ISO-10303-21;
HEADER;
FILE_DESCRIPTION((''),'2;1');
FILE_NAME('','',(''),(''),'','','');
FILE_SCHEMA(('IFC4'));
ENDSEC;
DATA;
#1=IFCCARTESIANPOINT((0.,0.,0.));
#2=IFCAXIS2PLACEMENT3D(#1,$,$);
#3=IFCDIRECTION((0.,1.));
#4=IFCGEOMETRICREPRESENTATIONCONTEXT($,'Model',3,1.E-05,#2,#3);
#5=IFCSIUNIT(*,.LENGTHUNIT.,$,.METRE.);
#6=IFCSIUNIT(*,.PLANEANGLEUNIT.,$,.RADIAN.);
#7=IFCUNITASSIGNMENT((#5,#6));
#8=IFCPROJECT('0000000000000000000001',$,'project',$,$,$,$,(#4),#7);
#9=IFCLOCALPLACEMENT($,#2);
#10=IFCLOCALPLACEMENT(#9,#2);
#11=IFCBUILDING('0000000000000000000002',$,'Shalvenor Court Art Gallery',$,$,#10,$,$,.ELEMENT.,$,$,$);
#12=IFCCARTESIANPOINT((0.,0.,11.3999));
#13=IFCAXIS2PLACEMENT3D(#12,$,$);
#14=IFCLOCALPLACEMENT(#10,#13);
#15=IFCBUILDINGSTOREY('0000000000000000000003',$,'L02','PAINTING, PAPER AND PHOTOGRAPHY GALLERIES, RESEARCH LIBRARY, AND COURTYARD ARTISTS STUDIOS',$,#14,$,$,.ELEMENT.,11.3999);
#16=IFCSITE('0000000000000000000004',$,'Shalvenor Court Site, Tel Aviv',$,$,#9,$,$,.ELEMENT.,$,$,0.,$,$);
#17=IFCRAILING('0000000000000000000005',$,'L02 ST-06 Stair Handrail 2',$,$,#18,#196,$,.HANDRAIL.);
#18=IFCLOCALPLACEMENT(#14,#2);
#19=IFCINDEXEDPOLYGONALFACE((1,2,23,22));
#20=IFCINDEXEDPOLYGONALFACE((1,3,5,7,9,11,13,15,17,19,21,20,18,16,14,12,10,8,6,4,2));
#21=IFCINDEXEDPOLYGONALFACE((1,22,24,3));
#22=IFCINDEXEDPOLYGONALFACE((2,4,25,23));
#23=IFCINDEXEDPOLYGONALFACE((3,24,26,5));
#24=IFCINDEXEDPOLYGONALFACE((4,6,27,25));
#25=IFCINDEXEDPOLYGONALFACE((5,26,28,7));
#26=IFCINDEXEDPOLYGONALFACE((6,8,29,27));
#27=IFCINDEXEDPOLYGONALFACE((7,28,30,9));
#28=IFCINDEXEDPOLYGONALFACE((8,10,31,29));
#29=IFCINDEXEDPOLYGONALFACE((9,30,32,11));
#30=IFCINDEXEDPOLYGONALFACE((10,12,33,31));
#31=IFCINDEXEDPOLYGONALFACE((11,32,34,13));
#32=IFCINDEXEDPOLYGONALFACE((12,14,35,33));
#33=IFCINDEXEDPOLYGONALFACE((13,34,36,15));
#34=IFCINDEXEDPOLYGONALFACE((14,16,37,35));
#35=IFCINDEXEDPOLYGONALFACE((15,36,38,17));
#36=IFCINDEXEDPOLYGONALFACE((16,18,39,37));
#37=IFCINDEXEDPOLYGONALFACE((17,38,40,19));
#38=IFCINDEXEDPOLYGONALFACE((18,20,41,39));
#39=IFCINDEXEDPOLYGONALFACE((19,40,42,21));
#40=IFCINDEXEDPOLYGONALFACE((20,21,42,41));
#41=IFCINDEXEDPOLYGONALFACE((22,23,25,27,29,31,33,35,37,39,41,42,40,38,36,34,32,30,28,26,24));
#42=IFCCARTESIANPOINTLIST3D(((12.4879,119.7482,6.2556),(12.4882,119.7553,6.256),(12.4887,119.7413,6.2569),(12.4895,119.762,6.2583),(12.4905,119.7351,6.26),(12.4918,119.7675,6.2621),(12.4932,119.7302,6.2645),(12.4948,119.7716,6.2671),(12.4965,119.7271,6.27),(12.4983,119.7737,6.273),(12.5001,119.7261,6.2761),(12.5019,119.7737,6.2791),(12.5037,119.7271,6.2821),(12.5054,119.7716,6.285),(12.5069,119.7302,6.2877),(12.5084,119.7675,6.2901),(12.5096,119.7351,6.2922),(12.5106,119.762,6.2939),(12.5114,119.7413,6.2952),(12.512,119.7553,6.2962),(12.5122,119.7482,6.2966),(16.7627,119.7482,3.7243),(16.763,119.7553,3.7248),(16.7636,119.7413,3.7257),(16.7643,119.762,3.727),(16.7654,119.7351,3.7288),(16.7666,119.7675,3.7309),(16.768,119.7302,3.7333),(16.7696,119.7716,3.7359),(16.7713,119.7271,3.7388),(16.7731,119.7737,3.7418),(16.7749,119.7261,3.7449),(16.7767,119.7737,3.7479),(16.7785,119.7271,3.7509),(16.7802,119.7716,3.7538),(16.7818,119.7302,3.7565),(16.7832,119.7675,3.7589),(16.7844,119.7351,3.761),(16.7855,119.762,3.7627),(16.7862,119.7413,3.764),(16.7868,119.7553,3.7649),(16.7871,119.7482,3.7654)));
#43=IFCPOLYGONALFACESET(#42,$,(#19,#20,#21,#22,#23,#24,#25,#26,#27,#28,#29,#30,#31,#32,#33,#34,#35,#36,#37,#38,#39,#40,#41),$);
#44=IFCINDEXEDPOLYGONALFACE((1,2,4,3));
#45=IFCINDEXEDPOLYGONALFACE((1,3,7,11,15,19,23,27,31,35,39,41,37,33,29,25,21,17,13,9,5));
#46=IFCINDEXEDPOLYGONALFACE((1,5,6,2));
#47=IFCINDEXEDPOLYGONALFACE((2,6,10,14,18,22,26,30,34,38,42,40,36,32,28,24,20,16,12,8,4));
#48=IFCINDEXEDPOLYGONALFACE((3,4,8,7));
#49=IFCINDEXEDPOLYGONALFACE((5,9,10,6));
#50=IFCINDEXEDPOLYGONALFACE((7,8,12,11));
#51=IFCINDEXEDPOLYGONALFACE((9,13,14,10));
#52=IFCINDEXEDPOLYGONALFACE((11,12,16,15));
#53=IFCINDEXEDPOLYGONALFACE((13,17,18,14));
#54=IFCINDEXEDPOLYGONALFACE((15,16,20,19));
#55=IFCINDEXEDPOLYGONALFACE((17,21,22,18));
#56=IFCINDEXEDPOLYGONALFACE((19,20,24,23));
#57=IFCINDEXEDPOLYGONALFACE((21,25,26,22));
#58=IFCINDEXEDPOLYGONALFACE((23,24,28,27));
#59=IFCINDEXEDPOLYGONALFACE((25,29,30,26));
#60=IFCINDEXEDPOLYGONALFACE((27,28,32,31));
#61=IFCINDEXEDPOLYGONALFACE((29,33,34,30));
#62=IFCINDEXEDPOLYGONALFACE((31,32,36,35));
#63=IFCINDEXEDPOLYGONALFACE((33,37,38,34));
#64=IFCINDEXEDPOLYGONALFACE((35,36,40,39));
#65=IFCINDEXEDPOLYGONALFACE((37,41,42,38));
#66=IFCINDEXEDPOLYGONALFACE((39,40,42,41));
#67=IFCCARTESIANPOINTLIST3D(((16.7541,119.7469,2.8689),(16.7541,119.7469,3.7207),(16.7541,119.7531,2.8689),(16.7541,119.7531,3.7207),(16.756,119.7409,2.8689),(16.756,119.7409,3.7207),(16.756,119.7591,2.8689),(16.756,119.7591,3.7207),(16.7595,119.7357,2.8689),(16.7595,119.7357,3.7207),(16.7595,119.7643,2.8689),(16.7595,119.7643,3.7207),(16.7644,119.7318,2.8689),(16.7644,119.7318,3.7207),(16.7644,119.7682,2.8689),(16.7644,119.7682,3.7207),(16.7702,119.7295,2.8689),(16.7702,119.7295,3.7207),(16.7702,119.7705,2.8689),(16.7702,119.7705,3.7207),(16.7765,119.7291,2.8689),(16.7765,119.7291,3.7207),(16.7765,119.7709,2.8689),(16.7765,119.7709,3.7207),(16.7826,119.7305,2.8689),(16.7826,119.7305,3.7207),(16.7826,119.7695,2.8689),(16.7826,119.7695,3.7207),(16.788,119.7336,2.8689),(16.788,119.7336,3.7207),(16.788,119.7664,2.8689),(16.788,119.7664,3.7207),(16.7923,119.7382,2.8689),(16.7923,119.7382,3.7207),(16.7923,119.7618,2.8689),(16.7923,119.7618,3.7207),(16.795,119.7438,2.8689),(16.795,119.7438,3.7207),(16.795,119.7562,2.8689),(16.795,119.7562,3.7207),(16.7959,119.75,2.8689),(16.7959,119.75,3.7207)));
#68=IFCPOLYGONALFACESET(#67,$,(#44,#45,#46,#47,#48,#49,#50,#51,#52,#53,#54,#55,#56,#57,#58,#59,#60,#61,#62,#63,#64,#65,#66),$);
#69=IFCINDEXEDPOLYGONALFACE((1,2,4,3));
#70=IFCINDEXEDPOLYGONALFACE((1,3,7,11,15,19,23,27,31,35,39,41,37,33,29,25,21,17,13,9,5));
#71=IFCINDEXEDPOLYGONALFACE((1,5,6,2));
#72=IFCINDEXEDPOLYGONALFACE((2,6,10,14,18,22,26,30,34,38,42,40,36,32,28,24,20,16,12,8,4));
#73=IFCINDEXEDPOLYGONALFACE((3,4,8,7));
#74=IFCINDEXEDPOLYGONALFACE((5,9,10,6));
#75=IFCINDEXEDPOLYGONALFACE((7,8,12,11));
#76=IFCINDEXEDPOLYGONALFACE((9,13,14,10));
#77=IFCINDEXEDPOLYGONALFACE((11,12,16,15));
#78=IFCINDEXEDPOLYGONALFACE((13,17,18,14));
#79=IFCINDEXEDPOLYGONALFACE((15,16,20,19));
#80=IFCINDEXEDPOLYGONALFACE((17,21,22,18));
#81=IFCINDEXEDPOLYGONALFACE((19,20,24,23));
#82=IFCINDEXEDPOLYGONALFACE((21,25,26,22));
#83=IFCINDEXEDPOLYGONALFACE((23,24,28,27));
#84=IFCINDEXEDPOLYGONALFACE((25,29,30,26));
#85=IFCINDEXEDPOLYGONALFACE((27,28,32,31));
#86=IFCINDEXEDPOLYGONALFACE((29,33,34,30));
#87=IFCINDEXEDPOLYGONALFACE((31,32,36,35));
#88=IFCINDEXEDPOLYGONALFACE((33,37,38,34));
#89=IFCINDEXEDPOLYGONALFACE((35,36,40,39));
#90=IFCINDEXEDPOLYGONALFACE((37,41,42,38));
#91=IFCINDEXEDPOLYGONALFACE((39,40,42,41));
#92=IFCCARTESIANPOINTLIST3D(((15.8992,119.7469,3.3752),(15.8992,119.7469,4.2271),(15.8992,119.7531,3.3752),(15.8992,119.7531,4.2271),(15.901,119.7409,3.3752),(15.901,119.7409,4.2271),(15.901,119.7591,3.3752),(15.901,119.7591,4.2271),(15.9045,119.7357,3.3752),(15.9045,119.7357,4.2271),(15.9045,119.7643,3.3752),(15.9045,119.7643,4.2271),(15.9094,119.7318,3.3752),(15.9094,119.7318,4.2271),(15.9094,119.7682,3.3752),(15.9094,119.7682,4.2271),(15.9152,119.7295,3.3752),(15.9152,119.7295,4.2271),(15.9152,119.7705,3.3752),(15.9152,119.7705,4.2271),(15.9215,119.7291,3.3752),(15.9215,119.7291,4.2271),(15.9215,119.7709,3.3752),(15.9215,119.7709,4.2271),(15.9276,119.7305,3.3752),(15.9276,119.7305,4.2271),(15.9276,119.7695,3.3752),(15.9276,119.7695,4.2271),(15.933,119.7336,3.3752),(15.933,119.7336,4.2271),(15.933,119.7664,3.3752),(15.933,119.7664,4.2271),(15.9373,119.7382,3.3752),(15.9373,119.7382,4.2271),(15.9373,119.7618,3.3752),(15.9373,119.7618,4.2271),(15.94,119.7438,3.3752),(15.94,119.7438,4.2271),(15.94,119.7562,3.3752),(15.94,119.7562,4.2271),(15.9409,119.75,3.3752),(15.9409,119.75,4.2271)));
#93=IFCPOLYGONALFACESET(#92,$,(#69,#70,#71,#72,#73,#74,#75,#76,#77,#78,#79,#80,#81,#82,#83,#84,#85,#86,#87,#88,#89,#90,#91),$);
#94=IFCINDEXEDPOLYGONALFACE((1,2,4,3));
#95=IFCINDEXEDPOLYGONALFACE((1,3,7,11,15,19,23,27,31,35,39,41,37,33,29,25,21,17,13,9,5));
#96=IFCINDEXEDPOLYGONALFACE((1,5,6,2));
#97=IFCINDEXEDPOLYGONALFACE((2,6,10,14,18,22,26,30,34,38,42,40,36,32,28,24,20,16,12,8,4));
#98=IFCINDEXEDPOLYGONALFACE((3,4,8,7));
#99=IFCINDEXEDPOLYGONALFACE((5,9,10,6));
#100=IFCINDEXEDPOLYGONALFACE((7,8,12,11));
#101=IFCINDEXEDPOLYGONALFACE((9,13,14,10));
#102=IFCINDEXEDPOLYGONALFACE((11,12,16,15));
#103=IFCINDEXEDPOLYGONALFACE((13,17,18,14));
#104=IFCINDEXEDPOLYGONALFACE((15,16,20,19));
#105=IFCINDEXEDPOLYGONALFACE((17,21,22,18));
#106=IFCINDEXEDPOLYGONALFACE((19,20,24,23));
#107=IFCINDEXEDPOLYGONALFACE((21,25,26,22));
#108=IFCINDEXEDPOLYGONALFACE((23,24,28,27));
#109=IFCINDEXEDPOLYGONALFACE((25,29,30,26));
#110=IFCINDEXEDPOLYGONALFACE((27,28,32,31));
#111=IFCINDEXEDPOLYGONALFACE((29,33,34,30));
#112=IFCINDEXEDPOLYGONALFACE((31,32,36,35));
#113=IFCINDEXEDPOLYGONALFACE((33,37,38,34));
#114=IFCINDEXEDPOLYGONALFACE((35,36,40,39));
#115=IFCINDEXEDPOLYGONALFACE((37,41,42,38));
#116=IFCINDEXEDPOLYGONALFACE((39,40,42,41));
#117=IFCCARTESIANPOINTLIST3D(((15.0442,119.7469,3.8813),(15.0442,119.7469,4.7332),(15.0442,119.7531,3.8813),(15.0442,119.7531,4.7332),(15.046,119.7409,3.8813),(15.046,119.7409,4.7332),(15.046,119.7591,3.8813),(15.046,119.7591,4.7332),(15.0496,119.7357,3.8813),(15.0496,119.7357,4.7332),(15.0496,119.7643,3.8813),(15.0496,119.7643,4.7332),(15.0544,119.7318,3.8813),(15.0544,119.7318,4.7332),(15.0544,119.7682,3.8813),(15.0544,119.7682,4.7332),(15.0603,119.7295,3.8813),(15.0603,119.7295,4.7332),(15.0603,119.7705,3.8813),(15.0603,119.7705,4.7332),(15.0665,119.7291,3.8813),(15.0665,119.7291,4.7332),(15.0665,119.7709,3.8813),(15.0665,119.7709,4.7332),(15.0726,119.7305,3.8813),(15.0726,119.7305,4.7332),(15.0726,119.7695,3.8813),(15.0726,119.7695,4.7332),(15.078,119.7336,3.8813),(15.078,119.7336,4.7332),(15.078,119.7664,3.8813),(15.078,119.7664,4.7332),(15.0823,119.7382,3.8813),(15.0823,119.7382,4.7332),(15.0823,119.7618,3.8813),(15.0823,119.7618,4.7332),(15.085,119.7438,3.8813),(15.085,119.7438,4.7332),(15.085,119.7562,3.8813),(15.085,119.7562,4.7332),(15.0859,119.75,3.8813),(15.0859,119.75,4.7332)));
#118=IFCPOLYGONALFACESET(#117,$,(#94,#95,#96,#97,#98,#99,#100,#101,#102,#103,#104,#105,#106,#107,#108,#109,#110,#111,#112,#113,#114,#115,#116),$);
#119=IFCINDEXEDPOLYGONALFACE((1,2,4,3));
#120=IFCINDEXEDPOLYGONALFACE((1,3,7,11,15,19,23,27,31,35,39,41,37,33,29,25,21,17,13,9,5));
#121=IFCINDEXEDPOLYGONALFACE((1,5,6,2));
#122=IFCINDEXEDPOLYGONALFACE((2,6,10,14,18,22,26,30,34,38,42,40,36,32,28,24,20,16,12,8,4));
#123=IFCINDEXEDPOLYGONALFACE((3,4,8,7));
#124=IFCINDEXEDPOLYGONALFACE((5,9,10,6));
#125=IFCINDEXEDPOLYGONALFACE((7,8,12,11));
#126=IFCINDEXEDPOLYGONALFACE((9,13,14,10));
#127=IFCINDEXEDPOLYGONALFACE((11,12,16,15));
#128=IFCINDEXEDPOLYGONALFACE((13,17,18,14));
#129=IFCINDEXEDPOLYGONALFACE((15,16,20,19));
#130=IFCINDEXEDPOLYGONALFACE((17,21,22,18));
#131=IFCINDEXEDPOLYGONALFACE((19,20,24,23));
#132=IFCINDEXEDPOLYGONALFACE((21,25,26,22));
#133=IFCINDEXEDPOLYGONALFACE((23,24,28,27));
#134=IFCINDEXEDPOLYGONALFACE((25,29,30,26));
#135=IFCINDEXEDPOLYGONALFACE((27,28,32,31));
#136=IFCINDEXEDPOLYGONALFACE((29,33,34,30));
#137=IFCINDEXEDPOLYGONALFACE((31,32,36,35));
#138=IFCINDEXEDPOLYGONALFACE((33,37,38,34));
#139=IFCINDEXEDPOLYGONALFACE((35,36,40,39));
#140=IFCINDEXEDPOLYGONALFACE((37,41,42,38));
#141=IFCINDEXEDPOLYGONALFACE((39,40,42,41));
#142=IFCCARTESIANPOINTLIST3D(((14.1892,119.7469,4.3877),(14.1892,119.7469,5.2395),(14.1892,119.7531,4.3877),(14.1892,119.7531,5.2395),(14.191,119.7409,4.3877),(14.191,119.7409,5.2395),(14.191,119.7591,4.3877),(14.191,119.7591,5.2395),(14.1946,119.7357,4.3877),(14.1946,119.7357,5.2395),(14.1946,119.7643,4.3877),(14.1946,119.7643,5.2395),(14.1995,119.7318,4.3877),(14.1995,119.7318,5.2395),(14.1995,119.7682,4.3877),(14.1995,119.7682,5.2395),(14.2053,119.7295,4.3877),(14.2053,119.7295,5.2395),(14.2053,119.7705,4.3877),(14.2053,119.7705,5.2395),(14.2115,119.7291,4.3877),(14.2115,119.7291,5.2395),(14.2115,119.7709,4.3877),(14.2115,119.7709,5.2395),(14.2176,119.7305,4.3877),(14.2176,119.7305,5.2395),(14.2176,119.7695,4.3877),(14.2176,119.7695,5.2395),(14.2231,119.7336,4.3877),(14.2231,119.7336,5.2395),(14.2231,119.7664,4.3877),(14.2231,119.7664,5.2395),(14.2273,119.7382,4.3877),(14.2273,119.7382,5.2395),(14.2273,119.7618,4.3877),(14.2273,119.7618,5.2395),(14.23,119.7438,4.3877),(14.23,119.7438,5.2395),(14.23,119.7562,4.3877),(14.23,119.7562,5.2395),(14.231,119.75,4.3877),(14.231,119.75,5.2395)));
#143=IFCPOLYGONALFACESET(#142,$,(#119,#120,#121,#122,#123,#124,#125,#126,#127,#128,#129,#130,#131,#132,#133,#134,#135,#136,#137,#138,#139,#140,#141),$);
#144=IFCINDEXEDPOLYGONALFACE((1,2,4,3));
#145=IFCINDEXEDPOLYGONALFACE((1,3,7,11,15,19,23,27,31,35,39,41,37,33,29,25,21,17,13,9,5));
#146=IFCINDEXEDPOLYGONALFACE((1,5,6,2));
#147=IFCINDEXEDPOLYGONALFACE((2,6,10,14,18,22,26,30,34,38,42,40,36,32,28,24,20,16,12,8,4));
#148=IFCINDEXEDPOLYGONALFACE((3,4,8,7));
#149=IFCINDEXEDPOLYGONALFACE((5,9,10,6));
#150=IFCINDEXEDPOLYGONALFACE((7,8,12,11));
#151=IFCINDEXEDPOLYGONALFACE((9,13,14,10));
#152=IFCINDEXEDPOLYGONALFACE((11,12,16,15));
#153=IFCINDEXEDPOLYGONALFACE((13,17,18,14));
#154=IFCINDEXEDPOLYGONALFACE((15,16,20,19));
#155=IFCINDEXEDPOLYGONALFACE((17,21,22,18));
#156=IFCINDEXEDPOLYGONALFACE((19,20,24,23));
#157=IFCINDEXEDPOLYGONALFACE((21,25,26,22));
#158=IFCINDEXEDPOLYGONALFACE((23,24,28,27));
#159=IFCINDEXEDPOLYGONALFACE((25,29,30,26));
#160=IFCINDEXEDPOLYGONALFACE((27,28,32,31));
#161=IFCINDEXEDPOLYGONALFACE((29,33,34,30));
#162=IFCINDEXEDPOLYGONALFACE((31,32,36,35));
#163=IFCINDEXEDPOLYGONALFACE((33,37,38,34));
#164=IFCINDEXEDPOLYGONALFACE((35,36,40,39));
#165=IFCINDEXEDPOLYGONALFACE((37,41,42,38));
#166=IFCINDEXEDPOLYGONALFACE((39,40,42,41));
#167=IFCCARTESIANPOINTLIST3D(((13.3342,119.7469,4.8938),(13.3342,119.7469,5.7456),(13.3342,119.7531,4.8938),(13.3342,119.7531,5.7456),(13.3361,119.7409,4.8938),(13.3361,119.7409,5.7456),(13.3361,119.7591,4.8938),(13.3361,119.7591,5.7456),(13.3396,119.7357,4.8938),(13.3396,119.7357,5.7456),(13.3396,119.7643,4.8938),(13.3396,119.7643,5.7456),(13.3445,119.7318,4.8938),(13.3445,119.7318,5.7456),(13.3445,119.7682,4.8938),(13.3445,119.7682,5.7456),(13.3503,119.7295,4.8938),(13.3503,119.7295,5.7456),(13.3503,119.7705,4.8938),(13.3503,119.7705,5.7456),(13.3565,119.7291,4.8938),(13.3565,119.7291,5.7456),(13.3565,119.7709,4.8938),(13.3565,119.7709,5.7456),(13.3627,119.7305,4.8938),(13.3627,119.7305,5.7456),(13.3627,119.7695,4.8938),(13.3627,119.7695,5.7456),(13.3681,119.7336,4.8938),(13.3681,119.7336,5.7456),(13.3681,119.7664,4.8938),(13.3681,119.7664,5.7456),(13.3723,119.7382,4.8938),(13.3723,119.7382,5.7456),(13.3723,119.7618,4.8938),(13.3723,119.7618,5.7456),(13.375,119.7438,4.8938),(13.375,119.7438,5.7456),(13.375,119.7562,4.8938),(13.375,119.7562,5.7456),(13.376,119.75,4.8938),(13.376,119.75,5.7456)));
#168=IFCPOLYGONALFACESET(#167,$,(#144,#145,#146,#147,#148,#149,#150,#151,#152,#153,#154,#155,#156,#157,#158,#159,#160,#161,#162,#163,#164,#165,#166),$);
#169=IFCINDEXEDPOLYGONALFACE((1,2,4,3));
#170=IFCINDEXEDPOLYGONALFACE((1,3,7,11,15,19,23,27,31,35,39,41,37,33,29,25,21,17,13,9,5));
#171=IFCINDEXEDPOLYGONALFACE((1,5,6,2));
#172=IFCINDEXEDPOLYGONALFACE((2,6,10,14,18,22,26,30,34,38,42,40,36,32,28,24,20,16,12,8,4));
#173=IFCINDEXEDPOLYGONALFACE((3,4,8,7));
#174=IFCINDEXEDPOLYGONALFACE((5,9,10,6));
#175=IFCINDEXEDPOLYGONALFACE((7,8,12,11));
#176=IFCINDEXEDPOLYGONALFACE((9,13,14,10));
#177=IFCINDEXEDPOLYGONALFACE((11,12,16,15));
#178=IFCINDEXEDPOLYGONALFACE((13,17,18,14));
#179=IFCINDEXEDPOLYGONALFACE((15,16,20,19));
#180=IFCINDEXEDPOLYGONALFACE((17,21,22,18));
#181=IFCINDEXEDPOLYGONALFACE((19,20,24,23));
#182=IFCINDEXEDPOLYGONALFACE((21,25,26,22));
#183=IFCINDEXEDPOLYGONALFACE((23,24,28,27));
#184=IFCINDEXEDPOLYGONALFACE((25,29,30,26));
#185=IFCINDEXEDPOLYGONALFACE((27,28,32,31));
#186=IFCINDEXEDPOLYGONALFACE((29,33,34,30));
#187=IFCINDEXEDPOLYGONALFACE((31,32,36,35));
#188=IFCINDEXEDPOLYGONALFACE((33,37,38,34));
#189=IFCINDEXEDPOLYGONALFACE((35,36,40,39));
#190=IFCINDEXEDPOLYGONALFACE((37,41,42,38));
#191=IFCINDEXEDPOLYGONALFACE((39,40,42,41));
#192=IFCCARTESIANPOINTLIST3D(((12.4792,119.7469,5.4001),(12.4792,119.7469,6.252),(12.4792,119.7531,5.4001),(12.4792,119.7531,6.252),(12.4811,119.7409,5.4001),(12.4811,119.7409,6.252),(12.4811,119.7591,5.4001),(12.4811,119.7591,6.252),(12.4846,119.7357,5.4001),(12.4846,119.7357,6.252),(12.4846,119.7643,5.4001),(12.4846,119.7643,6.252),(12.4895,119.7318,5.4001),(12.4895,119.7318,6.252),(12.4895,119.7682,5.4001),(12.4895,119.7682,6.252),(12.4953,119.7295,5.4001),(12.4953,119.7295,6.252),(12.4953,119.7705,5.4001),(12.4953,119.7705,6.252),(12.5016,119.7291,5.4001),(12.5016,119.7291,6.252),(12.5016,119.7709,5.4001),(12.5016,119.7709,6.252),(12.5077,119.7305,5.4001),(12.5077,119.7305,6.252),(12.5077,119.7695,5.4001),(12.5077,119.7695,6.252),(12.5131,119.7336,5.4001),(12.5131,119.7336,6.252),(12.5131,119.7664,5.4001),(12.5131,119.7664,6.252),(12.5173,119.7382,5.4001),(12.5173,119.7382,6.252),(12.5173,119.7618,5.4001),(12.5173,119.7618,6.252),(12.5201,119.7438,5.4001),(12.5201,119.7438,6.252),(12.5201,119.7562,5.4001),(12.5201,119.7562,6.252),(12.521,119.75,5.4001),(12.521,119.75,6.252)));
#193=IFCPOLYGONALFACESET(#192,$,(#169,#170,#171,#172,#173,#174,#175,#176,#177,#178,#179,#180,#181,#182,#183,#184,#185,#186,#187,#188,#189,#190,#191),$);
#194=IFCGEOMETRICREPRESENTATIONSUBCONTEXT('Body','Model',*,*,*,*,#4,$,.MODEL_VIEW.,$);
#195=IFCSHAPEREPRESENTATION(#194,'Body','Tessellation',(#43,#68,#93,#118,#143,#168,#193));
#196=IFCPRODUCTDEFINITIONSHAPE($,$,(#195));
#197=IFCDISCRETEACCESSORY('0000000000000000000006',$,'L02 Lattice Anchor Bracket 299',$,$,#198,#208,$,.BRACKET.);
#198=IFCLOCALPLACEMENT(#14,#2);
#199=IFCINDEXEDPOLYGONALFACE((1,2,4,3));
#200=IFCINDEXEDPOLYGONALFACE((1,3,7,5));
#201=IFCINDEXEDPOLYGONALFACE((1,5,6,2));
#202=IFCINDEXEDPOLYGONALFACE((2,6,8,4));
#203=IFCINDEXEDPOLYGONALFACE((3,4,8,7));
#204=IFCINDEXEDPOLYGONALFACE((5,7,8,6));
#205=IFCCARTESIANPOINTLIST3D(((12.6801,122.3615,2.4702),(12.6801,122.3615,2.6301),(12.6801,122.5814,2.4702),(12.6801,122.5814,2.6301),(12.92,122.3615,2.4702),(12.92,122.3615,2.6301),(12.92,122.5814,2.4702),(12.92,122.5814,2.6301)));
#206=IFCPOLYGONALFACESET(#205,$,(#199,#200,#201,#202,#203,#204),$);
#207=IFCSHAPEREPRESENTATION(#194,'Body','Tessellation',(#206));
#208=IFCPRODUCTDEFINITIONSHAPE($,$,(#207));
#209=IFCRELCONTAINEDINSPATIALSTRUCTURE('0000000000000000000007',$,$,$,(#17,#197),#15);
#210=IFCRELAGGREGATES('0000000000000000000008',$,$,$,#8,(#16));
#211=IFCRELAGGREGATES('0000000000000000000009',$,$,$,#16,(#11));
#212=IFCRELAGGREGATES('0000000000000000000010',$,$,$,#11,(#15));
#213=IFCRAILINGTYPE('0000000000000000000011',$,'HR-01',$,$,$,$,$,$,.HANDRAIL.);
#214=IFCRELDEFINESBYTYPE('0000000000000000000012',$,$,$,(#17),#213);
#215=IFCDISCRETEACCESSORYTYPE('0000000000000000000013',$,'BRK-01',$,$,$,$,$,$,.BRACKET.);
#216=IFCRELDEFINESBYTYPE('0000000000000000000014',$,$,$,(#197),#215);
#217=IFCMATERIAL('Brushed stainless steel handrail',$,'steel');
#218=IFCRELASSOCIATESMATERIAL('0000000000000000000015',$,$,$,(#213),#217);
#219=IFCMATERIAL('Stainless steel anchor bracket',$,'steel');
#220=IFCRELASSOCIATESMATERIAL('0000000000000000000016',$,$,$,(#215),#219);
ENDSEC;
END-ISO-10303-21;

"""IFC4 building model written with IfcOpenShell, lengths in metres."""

from ifc_helpers import new_model, si_unit, direction, frame, origin, origin_2d, place, context, subcontext, project, spatial, rectangle, circle, extrude, material, type_object, element, save


model = new_model("IFC4")

# Units and contexts
model_context = context("Model", 3, precision=1e-05, world=origin(), true_north=direction((0.0, 1.0)))
body_context = subcontext(model_context, "Body", "Model", "MODEL_VIEW")
ifc_project = project(units=[si_unit("LENGTHUNIT", "METRE"), si_unit("PLANEANGLEUNIT", "RADIAN")], contexts=[model_context])

# Site, building, storey
site_placement = place(None, origin())
site = spatial("IfcSite", under=ifc_project, at=site_placement, Name="Shalvenor Court Site, Tel Aviv", CompositionType="ELEMENT", RefElevation=0.0)
building_placement = place(site_placement, origin())
building = spatial("IfcBuilding", under=site, at=building_placement, Name="Shalvenor Court Art Gallery", CompositionType="ELEMENT")
storey_placement = place(building_placement, frame((0.0, 0.0, 11.3999)))
storey = spatial("IfcBuildingStorey", under=building, at=storey_placement, Name="L02", Description="PAINTING, PAPER AND PHOTOGRAPHY GALLERIES, RESEARCH LIBRARY, AND COURTYARD ARTISTS STUDIOS", CompositionType="ELEMENT", Elevation=11.3999)

# Railing
ifc_material_1 = material(Name="Brushed stainless steel handrail", Category="steel")
railing_type_1 = type_object("IfcRailingType", Name="HR-01", PredefinedType="HANDRAIL", material=ifc_material_1)
railing_1_placement = place(storey_placement, frame((16.7749, 119.75, 2.8689)))
element("IfcRailing", 1, at=railing_1_placement, inside=storey, type_object=railing_type_1, Name="L02 ST-06 Stair Handrail 2", PredefinedType="HANDRAIL", context=body_context, shape_type="SweptSolid", body=[
    extrude(circle(Radius=0.0239, at=origin_2d()), frame((0.0, 0.0, 0.876), z_axis=(-0.86047, 0.0, 0.509501), x_axis=(0.0, -1.0, 0.0)), (0.0, 0.0, 1.0), 4.968),
    extrude(circle(Radius=0.021, at=origin_2d()), origin(), (0.0, 0.0, 1.0), 0.8518),
    extrude(circle(Radius=0.021, at=origin_2d()), frame((-0.855, 0.0, 0.5063)), (0.0, 0.0, 1.0), 0.8518),
    extrude(circle(Radius=0.021, at=origin_2d()), frame((-1.71, 0.0, 1.0125)), (0.0, 0.0, 1.0), 0.8518),
    extrude(circle(Radius=0.021, at=origin_2d()), frame((-2.5649, 0.0, 1.5188)), (0.0, 0.0, 1.0), 0.8518),
    extrude(circle(Radius=0.021, at=origin_2d()), frame((-3.4199, 0.0, 2.0249)), (0.0, 0.0, 1.0), 0.8518),
    extrude(circle(Radius=0.021, at=origin_2d()), frame((-4.2749, 0.0, 2.5312)), (0.0, 0.0, 1.0), 0.8518),
])

# Discrete accessory
ifc_material_2 = material(Name="Stainless steel anchor bracket", Category="steel")
discrete_accessory_type = type_object("IfcDiscreteAccessoryType", Name="BRK-01", PredefinedType="BRACKET", material=ifc_material_2)
for number, where, z_axis, x_axis, name in (
    (2, (12.8, 122.4714, 2.4702), (0.0, 0.0, 1.0), (1.0, 0.0, 0.0), "L02 Lattice Anchor Bracket 299"),
):
    element("IfcDiscreteAccessory", number, at=place(storey_placement, frame(where, z_axis=z_axis, x_axis=x_axis)), inside=storey, type_object=discrete_accessory_type, Name=name, PredefinedType="BRACKET", context=body_context, shape_type="SweptSolid", body=[
        extrude(rectangle(XDim=0.24, YDim=0.22, at=origin_2d()), origin(), (0.0, 0.0, 1.0), 0.1599),
    ])

save(model, "model.ifc")
